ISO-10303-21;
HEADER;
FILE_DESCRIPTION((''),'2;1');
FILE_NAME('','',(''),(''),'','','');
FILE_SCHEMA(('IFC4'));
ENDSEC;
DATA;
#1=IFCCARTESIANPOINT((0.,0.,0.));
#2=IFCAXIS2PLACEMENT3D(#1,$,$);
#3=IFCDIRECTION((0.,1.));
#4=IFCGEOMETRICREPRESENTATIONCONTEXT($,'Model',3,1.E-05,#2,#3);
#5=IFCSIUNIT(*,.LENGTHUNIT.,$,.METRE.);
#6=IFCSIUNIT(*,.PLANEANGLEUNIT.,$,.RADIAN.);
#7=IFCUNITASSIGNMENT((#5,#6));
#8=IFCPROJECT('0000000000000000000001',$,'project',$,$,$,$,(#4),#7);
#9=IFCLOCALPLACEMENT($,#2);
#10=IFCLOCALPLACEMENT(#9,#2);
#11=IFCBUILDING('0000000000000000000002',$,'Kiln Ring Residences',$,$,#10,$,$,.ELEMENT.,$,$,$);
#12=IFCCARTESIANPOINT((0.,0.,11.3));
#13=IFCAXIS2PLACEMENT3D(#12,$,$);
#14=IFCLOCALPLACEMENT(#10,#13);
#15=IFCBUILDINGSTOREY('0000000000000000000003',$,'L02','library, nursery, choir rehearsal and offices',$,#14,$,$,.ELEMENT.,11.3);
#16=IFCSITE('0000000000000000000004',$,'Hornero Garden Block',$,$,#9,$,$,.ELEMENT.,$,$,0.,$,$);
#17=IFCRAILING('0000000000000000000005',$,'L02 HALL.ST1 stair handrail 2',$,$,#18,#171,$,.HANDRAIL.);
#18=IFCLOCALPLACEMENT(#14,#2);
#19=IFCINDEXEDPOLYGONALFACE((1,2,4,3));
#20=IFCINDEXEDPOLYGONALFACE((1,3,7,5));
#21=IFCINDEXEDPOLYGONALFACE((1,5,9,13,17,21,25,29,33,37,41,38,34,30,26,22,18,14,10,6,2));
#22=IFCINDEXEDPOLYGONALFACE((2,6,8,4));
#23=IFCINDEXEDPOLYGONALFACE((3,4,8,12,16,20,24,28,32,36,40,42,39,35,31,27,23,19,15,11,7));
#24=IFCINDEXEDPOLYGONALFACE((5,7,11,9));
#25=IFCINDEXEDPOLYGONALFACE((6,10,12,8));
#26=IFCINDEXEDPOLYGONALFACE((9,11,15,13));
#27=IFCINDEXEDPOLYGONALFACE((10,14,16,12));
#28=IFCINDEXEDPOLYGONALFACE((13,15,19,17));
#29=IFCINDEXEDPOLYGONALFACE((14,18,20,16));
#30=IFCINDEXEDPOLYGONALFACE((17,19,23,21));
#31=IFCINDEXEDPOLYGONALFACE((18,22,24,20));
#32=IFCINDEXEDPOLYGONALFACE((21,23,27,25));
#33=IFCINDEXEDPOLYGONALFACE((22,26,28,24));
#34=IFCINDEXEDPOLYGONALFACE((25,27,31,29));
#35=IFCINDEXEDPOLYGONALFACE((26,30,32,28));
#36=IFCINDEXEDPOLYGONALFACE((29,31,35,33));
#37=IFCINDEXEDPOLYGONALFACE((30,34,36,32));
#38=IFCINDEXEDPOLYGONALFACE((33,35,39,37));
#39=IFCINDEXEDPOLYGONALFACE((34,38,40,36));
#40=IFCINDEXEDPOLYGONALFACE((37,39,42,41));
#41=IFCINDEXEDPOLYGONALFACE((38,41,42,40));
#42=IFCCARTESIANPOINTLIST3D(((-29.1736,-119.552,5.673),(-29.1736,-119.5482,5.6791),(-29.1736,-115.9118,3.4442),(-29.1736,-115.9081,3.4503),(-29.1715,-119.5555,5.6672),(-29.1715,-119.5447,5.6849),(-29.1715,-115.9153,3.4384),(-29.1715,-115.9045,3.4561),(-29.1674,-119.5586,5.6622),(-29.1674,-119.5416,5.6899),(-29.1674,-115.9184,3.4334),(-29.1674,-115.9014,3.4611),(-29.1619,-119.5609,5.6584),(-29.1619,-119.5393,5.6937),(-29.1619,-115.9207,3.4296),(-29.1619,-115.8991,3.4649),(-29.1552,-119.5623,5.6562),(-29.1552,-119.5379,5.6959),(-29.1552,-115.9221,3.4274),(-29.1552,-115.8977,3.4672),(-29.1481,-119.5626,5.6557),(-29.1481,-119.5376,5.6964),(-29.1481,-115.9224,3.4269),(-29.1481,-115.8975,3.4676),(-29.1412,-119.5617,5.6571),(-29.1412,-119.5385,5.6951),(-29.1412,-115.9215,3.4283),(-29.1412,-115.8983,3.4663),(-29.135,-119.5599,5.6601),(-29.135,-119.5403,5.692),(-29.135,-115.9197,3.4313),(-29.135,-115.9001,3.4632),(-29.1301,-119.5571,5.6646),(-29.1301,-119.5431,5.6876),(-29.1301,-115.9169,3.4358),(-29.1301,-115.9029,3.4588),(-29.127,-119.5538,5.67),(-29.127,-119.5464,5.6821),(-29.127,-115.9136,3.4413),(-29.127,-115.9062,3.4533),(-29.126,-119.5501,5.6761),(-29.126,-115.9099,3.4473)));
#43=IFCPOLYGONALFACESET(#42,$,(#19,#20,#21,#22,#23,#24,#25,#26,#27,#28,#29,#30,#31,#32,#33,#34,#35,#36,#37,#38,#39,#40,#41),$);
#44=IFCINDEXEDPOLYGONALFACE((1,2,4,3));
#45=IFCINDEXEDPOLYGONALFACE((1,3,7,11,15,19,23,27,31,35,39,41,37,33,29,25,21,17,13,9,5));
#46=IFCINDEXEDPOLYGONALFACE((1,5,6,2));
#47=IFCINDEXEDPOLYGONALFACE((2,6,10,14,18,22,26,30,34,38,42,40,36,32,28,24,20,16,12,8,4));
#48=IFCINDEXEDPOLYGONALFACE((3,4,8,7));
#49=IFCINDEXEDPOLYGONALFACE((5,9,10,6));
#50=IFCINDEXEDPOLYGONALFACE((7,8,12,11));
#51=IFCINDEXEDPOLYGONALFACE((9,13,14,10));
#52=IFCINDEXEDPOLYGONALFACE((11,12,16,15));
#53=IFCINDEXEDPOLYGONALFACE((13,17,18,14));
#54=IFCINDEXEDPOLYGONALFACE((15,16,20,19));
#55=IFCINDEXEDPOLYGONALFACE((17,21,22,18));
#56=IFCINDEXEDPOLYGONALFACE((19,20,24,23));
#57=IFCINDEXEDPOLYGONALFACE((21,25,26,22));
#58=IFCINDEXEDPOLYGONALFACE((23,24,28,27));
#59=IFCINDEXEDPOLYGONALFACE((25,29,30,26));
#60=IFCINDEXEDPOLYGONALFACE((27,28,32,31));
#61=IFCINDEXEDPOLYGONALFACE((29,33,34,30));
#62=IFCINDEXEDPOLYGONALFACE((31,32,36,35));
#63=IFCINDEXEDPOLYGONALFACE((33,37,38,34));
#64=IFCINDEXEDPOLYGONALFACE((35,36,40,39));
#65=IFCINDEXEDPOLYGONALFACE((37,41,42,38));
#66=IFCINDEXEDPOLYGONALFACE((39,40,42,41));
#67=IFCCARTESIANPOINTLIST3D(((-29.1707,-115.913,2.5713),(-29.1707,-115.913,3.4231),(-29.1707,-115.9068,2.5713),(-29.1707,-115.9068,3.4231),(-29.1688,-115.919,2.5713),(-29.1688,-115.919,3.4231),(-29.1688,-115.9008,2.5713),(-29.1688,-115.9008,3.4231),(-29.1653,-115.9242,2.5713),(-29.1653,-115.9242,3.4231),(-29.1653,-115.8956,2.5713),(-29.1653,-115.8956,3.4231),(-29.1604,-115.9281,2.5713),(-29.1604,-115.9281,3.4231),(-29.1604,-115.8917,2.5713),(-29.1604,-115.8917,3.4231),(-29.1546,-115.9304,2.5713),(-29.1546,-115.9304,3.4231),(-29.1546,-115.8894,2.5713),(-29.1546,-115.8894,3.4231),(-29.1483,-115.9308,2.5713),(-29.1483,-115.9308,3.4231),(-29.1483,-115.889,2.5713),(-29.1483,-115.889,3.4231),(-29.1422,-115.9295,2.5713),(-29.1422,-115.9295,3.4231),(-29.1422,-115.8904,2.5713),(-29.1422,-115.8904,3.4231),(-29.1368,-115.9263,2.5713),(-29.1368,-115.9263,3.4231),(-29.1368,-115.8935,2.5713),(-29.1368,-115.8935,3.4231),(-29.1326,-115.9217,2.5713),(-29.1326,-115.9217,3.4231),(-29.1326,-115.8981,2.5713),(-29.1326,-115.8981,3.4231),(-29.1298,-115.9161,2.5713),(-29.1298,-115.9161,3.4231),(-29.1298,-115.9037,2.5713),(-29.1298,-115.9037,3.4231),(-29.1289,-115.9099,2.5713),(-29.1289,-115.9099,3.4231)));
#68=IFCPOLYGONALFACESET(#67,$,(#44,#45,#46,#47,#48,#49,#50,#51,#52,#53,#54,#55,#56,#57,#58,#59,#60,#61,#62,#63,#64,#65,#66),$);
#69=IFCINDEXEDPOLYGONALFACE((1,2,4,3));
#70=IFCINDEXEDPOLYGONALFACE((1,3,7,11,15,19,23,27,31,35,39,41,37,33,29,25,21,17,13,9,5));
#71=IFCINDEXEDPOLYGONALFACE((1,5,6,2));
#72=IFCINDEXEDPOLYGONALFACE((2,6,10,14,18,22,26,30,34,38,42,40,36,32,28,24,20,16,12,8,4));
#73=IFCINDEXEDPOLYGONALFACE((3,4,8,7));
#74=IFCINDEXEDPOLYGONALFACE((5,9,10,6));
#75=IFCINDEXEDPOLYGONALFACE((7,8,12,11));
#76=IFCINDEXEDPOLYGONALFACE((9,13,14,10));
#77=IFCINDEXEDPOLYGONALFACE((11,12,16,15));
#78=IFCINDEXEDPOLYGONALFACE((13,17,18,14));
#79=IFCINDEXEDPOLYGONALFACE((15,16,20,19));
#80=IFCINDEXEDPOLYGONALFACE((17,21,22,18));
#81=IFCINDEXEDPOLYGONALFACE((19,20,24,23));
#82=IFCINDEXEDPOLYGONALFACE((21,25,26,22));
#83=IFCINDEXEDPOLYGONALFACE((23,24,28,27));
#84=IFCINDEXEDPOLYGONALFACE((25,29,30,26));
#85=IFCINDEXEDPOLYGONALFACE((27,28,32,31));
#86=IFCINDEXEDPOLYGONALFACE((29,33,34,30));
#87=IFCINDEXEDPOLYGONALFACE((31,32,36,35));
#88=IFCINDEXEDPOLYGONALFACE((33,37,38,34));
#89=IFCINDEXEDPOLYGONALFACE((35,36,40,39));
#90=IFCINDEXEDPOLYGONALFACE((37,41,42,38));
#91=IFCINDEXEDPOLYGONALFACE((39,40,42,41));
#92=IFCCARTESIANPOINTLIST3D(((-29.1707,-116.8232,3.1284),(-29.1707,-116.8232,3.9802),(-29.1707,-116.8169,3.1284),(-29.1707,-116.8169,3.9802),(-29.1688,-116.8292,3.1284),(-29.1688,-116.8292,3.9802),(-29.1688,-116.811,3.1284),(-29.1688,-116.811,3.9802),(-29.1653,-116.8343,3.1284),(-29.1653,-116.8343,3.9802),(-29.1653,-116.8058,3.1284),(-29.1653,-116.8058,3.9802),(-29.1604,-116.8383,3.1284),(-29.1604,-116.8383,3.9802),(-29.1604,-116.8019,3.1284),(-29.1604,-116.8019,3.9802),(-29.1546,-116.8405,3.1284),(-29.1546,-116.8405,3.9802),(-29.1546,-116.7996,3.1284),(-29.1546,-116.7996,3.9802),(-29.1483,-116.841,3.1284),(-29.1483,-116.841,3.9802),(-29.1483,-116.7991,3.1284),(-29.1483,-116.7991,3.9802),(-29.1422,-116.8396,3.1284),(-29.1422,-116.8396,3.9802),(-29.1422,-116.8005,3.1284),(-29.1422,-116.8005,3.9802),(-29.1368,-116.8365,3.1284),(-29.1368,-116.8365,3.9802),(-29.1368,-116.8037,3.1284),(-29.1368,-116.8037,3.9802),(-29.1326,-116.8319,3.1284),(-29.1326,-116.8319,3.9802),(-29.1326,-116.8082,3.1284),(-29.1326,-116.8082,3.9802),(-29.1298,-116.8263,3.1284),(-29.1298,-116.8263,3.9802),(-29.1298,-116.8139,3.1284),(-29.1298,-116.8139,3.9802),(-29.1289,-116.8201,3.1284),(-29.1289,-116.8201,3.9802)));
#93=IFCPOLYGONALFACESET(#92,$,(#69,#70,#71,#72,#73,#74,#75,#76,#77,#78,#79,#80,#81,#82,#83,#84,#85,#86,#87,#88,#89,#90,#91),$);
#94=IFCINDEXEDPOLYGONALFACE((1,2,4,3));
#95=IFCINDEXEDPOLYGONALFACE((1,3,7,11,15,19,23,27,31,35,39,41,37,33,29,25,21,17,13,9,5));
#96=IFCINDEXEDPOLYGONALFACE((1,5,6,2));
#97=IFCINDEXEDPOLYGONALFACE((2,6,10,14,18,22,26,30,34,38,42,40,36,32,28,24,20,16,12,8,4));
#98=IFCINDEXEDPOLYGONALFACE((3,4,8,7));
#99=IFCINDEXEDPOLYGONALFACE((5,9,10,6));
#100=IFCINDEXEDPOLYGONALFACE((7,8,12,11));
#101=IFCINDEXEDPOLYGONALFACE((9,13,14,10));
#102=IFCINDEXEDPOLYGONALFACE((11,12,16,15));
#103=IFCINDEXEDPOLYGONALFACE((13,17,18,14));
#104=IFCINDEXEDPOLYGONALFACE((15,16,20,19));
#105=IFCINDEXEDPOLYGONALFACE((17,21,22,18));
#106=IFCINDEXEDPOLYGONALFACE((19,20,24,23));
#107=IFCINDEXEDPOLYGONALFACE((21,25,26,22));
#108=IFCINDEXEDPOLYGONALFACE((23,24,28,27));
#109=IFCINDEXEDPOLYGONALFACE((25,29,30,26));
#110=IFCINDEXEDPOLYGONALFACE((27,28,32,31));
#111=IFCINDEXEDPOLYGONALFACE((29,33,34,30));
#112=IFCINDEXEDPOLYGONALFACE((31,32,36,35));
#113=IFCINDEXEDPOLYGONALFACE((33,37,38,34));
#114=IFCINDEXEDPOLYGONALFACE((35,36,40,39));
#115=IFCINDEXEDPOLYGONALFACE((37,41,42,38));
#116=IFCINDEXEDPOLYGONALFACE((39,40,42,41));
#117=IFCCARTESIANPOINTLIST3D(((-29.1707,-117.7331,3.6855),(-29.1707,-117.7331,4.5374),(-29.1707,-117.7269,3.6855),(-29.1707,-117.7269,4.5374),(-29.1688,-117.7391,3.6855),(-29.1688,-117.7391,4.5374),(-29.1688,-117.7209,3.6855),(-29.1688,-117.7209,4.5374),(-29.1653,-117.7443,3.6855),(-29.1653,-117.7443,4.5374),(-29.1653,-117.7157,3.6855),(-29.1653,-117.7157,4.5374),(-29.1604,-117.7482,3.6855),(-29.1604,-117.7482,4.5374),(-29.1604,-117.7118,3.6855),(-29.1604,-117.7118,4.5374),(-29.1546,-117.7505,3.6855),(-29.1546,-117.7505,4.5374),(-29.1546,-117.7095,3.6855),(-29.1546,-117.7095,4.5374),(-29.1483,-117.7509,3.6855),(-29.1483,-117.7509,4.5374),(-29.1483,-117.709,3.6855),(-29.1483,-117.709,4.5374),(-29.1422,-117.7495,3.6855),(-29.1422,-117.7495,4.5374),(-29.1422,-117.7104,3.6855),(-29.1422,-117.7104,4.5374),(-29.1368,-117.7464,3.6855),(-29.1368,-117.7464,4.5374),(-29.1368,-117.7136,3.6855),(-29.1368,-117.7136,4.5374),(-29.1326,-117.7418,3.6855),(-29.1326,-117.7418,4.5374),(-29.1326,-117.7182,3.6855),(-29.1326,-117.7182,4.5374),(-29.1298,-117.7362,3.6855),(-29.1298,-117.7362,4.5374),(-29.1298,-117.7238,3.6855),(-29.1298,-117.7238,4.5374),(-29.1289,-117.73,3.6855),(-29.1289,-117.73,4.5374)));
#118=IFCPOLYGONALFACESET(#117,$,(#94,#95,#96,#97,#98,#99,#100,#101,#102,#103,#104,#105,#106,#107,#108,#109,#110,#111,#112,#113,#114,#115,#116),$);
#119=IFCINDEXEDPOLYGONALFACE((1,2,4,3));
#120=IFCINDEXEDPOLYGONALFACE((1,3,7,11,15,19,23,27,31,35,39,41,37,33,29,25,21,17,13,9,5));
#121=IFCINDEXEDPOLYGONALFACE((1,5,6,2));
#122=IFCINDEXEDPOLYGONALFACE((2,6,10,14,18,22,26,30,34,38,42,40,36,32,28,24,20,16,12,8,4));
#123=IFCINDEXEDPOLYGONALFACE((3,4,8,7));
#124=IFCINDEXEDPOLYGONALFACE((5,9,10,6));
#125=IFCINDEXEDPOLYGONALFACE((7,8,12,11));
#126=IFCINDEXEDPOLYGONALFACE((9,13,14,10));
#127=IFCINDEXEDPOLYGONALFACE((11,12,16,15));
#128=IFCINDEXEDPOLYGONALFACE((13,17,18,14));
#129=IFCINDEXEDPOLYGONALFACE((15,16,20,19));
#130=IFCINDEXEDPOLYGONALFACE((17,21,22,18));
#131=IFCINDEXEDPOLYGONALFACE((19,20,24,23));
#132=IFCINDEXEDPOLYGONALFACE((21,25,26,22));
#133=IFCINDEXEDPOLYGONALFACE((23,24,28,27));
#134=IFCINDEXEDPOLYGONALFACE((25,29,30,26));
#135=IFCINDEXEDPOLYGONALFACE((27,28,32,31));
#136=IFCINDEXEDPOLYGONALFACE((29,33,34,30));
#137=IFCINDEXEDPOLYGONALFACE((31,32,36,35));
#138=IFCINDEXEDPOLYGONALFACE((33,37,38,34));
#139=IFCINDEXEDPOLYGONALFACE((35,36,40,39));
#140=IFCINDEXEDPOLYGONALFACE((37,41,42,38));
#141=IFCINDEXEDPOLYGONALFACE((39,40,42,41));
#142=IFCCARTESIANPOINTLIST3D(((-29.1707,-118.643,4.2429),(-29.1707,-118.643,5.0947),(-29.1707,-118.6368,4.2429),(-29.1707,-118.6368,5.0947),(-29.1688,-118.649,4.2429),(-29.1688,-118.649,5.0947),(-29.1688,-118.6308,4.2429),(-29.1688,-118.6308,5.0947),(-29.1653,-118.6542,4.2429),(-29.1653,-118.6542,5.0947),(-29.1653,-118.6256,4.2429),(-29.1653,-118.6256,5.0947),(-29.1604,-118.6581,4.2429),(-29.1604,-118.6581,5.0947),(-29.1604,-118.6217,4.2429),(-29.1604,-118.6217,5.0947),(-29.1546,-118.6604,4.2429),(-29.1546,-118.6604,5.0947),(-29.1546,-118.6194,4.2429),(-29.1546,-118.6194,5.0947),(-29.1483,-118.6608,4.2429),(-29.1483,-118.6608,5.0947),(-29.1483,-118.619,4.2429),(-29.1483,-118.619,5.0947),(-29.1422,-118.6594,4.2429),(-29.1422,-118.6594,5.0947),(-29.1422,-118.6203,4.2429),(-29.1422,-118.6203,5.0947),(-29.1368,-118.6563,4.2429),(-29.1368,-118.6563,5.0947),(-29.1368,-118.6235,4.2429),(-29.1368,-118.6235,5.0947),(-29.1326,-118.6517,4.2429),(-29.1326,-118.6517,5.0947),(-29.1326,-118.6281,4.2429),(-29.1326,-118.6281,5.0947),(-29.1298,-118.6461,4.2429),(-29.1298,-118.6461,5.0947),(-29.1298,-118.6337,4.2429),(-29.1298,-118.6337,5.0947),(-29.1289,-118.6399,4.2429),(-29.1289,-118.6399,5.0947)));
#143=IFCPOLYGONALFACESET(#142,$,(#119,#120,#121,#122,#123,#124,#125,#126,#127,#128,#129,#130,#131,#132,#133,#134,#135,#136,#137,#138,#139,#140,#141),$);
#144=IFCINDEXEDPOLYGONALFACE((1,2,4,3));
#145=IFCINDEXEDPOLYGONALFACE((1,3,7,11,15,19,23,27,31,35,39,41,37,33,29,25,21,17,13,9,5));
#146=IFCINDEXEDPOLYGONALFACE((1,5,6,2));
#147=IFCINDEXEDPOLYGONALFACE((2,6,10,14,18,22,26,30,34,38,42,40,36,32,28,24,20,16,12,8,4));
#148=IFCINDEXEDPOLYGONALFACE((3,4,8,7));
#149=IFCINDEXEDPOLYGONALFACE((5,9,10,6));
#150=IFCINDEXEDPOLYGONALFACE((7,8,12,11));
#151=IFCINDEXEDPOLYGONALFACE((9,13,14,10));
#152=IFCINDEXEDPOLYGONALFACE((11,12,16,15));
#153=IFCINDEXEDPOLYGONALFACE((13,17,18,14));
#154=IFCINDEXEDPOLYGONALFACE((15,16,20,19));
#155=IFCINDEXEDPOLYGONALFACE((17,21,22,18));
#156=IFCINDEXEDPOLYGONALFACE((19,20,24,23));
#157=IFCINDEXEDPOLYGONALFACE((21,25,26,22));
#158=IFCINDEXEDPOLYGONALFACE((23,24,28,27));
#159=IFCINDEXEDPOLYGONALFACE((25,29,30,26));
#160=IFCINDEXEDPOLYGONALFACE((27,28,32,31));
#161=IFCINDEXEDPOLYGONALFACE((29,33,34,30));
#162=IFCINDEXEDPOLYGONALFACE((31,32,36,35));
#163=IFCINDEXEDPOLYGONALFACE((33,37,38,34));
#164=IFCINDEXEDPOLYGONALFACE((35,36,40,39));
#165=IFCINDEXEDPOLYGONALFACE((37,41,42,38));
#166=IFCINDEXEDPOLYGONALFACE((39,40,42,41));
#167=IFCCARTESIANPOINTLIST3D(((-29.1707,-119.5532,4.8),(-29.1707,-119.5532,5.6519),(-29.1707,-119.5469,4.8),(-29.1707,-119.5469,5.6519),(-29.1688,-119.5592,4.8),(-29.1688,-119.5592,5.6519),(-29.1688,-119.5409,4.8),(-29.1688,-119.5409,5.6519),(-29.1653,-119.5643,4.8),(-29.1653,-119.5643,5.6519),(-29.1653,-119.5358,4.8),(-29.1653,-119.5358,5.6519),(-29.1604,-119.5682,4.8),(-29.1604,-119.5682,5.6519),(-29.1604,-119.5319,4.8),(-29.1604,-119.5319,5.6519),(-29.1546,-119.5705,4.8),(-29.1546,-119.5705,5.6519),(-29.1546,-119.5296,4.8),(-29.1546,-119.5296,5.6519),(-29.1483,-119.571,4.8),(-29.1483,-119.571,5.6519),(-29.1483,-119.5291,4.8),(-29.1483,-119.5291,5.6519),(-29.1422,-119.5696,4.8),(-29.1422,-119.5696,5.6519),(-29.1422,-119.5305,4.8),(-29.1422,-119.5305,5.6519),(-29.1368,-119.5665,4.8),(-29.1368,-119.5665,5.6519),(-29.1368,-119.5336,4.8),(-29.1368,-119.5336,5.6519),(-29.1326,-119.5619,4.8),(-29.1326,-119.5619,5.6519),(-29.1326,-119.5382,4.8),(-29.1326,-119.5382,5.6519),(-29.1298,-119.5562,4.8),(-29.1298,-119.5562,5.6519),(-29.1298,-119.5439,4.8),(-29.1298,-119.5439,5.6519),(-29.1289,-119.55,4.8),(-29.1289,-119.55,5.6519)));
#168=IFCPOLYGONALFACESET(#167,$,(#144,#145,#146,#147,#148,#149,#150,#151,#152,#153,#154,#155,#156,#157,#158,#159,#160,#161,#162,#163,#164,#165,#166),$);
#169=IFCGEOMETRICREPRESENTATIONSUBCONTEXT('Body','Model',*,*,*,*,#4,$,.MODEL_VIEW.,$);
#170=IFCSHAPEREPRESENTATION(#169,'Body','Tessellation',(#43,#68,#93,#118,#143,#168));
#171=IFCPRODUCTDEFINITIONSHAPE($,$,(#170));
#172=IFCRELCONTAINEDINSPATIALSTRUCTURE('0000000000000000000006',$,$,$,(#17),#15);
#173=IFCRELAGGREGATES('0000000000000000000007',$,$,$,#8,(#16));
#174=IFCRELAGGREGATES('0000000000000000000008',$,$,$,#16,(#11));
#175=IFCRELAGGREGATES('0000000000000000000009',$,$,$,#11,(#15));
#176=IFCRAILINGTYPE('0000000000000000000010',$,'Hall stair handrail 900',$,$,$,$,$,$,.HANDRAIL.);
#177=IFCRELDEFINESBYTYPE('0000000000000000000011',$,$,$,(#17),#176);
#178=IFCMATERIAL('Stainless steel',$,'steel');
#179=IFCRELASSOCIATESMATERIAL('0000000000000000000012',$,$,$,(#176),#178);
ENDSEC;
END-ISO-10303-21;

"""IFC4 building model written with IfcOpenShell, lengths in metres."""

from ifc_helpers import new_model, si_unit, direction, frame, origin, origin_2d, place, context, subcontext, project, spatial, circle, extrude, material, type_object, element, save


model = new_model("IFC4")

# Units and contexts
model_context = context("Model", 3, precision=1e-05, world=origin(), true_north=direction((0.0, 1.0)))
body_context = subcontext(model_context, "Body", "Model", "MODEL_VIEW")
ifc_project = project(units=[si_unit("LENGTHUNIT", "METRE"), si_unit("PLANEANGLEUNIT", "RADIAN")], contexts=[model_context])

# Site, building, storey
site_placement = place(None, origin())
site = spatial("IfcSite", under=ifc_project, at=site_placement, Name="Hornero Garden Block", CompositionType="ELEMENT", RefElevation=0.0)
building_placement = place(site_placement, origin())
building = spatial("IfcBuilding", under=site, at=building_placement, Name="Kiln Ring Residences", CompositionType="ELEMENT")
storey_placement = place(building_placement, frame((0.0, 0.0, 11.3)))
storey = spatial("IfcBuildingStorey", under=building, at=storey_placement, Name="L02", Description="library, nursery, choir rehearsal and offices", CompositionType="ELEMENT", Elevation=11.3)

# Railing
ifc_material_1 = material(Name="Stainless steel", Category="steel")
railing_type_1 = type_object("IfcRailingType", Name="Hall stair handrail 900", PredefinedType="HANDRAIL", material=ifc_material_1)
railing_1_placement = place(storey_placement, frame((-29.1499, -115.9099, 2.5713)))
element("IfcRailing", 1, at=railing_1_placement, inside=storey, type_object=railing_type_1, Name="L02 HALL.ST1 stair handrail 2", PredefinedType="HANDRAIL", context=body_context, shape_type="SweptSolid", body=[
    extrude(circle(Radius=0.0239, at=origin_2d()), frame((0.0, 0.0, 0.876), z_axis=(0.0, -0.85284, 0.522172), x_axis=(1.0, 0.0, 0.0)), (0.0, 0.0, 1.0), 4.2683),
    extrude(circle(Radius=0.021, at=origin_2d()), origin(), (0.0, 0.0, 1.0), 0.8518),
    extrude(circle(Radius=0.021, at=origin_2d()), frame((0.0, -0.9102, 0.5571)), (0.0, 0.0, 1.0), 0.8518),
    extrude(circle(Radius=0.021, at=origin_2d()), frame((0.0, -1.8201, 1.1143)), (0.0, 0.0, 1.0), 0.8518),
    extrude(circle(Radius=0.021, at=origin_2d()), frame((0.0, -2.73, 1.6716)), (0.0, 0.0, 1.0), 0.8518),
    extrude(circle(Radius=0.021, at=origin_2d()), frame((0.0, -3.6401, 2.2288)), (0.0, 0.0, 1.0), 0.8518),
])

save(model, "model.ifc")
